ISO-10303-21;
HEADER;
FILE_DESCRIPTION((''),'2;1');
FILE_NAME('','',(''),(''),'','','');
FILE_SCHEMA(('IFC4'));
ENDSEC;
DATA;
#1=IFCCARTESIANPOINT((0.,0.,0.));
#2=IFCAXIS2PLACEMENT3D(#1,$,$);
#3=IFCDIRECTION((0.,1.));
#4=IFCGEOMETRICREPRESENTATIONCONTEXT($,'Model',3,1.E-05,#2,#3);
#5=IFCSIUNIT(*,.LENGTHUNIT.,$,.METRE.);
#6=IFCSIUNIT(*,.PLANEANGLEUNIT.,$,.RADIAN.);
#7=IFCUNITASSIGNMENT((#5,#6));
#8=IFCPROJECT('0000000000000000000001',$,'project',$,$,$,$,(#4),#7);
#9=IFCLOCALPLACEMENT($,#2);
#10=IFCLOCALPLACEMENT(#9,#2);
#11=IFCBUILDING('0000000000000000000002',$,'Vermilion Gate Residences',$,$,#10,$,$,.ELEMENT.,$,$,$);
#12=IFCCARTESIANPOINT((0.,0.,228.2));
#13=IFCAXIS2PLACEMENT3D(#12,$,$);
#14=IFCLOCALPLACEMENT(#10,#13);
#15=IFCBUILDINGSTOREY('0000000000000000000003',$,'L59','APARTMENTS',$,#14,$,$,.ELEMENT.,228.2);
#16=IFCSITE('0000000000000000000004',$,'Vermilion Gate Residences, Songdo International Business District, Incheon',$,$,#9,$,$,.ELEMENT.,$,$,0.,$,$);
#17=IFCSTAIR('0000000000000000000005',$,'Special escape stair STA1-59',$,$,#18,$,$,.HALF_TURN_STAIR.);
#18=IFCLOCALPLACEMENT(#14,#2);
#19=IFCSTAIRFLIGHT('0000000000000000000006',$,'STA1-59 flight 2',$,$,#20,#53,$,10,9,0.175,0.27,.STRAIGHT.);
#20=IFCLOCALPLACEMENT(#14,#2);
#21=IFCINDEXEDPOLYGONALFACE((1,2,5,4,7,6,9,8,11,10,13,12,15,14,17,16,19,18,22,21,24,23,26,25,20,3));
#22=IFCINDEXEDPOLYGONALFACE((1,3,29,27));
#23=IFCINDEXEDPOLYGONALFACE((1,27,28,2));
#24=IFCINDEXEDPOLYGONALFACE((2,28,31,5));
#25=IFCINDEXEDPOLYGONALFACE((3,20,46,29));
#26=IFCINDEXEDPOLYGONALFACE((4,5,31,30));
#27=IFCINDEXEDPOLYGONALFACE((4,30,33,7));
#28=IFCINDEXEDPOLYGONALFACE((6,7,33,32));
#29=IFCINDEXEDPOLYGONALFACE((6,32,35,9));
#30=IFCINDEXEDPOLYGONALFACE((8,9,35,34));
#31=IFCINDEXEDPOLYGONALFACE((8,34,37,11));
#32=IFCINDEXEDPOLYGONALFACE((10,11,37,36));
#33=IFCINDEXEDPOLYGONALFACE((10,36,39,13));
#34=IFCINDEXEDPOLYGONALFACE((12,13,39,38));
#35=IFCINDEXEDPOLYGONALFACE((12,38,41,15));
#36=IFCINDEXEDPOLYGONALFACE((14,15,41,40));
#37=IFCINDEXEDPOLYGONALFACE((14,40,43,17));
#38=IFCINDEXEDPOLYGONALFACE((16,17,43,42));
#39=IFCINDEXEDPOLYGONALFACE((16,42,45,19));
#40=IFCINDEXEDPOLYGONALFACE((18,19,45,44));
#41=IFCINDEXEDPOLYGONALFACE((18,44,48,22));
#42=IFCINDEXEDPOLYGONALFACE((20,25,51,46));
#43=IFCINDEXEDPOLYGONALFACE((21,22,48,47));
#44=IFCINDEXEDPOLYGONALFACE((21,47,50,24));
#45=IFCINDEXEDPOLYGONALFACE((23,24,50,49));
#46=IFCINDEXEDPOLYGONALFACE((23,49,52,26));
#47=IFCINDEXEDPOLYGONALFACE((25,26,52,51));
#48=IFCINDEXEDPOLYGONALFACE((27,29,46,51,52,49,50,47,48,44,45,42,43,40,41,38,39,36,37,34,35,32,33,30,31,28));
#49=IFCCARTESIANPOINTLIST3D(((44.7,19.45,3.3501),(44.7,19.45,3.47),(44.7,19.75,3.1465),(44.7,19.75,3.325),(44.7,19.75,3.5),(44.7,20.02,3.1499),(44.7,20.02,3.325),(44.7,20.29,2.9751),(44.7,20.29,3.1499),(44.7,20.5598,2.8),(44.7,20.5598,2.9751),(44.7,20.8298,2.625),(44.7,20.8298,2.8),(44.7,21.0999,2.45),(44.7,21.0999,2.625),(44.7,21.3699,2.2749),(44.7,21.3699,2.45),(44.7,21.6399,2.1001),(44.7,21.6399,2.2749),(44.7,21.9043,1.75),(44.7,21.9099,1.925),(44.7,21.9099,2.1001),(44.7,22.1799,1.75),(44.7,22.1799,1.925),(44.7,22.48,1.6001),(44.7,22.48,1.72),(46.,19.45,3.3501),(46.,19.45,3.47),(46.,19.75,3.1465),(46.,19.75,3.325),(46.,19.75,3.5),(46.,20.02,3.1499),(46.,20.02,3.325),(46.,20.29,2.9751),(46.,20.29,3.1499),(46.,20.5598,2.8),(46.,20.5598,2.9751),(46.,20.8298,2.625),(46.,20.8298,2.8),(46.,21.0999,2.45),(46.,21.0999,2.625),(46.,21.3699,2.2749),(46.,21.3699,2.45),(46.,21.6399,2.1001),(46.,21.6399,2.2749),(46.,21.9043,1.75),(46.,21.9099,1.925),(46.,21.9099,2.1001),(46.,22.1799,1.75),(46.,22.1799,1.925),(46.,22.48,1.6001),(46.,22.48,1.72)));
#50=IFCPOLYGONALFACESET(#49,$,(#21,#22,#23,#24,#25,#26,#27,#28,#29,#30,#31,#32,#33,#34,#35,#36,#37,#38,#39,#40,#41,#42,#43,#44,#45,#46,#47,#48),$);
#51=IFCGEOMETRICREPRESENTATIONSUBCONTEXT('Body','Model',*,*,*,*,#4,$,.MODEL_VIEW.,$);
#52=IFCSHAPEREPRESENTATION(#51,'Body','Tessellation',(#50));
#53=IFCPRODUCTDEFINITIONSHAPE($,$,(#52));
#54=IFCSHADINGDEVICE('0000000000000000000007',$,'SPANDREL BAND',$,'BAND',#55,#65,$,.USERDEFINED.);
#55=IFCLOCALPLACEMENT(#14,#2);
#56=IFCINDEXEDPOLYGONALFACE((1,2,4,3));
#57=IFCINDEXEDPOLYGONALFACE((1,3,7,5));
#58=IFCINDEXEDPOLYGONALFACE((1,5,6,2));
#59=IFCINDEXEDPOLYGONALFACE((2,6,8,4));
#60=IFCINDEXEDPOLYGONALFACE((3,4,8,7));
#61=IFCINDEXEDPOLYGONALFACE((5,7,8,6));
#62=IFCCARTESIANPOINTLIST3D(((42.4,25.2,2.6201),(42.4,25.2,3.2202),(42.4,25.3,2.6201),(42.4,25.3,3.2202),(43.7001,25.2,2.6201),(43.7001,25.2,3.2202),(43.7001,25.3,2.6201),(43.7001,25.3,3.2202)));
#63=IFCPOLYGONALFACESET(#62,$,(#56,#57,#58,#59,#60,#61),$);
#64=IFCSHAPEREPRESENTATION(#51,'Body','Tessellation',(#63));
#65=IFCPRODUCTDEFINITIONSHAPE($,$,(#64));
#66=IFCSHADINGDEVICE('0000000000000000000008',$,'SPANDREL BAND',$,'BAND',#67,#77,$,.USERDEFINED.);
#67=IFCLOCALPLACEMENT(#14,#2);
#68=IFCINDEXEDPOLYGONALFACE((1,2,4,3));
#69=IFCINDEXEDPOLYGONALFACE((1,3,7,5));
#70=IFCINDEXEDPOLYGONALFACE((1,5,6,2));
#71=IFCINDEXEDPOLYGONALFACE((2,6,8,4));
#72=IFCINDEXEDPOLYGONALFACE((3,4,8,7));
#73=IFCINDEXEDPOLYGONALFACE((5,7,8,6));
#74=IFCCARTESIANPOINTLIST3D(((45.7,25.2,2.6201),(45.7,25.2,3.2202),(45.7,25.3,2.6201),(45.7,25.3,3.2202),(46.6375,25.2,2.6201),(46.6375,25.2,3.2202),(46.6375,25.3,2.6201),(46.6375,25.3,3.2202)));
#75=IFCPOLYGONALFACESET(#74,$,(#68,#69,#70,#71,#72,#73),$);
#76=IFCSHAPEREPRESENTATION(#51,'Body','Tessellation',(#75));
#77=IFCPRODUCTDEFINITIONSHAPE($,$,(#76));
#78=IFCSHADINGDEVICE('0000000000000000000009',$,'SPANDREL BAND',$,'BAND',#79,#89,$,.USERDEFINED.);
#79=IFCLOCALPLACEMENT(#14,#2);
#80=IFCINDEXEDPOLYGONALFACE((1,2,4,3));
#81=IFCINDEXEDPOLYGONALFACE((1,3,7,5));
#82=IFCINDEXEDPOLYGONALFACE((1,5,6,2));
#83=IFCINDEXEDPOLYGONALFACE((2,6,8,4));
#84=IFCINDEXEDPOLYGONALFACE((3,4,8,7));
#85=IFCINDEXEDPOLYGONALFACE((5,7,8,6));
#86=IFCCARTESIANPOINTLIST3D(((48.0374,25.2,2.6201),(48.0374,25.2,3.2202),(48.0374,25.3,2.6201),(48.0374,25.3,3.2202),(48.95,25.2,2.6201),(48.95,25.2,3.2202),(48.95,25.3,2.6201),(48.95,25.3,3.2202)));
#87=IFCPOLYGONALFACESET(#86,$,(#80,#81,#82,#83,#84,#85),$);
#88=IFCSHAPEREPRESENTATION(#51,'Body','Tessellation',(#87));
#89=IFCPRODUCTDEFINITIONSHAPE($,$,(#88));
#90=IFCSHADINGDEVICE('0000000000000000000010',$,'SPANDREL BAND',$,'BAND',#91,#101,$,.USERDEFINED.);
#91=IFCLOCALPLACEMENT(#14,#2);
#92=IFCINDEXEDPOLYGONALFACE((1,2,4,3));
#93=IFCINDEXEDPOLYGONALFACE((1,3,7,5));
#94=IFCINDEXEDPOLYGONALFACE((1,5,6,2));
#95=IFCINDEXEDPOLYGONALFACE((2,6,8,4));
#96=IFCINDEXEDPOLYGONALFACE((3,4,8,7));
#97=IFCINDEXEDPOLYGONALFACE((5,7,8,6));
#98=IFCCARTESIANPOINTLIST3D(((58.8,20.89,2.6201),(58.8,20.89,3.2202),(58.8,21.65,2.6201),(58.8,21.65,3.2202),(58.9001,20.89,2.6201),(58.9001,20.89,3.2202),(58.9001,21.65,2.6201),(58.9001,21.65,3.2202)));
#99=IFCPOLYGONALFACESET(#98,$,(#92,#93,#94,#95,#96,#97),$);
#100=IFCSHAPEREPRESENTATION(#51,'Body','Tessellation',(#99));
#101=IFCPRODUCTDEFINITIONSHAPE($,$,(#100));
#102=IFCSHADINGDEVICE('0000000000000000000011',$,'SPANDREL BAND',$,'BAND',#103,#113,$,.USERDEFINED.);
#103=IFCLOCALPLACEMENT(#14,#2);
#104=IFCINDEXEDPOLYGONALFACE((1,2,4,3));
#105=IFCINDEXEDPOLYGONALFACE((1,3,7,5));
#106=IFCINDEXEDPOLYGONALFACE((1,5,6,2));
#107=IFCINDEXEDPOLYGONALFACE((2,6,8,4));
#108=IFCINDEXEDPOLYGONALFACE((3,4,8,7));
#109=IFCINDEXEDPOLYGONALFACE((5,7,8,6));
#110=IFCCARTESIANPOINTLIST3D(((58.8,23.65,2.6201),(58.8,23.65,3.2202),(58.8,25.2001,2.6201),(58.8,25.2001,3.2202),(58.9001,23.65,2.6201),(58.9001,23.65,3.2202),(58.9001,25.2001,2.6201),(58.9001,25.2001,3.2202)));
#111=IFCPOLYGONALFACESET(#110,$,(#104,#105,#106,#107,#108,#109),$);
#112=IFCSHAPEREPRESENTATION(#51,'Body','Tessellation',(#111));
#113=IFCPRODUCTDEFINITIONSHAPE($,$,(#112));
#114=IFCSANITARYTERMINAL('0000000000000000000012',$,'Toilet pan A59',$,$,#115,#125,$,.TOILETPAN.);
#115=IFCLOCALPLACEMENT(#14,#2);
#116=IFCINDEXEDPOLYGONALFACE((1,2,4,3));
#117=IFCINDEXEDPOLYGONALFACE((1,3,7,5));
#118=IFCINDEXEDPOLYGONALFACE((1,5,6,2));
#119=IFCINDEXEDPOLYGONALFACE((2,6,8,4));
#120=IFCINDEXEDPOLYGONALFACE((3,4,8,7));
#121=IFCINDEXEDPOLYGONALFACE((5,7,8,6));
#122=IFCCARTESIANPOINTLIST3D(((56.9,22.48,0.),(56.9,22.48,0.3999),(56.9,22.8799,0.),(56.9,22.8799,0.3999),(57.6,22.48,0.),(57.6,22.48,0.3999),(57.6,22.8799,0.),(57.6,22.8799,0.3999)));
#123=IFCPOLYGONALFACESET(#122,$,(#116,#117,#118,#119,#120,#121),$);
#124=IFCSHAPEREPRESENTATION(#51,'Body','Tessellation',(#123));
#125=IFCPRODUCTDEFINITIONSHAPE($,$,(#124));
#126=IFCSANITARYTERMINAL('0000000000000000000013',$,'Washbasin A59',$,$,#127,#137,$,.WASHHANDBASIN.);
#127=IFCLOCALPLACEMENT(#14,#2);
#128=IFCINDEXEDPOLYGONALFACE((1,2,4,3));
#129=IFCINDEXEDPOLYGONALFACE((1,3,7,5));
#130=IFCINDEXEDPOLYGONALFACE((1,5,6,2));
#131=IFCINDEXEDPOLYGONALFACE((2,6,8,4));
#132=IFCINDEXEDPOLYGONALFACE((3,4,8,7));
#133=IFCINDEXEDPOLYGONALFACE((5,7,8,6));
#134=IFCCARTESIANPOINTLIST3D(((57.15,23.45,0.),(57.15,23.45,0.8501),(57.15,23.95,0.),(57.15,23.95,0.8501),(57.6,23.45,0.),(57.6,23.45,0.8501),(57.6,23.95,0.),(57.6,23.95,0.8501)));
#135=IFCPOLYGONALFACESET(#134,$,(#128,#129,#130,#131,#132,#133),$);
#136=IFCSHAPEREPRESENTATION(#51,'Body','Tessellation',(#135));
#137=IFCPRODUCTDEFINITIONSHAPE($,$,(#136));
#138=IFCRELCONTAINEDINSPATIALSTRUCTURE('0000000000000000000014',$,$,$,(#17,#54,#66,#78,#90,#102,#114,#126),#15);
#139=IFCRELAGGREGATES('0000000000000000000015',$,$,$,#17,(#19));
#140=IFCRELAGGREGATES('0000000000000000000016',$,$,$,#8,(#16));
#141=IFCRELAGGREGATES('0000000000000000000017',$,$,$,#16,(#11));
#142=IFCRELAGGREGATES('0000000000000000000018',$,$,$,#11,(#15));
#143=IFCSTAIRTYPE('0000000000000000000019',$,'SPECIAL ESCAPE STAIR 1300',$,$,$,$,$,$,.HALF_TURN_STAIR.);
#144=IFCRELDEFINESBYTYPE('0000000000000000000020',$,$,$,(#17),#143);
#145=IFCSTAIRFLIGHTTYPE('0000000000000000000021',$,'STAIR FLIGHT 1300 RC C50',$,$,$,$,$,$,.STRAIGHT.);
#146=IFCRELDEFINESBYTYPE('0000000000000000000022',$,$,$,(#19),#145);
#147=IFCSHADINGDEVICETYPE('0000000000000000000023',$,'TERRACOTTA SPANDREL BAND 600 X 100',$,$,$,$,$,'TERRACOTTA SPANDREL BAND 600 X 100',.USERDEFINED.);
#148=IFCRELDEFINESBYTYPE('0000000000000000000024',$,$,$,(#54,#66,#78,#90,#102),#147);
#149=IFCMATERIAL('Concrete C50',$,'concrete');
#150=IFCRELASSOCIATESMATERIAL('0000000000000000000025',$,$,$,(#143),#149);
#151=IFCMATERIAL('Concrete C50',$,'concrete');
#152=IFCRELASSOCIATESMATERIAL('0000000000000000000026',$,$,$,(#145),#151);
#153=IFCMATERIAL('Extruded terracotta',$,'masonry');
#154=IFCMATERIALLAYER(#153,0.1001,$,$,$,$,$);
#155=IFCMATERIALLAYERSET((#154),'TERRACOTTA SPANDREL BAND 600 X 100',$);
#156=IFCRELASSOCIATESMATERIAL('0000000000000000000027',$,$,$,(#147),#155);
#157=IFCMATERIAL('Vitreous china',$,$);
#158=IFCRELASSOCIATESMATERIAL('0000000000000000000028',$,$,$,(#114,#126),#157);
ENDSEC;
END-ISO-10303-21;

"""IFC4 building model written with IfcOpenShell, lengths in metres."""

from ifc_helpers import new_model, si_unit, direction, frame, origin, origin_2d, place, context, subcontext, project, spatial, polyline, rectangle, outline, extrude, material, layer, layer_set, type_object, element, aggregate, save


model = new_model("IFC4")

# Units and contexts
model_context = context("Model", 3, precision=1e-05, world=origin(), true_north=direction((0.0, 1.0)))
body_context = subcontext(model_context, "Body", "Model", "MODEL_VIEW")
ifc_project = project(units=[si_unit("LENGTHUNIT", "METRE"), si_unit("PLANEANGLEUNIT", "RADIAN")], contexts=[model_context])

# Site, building, storey
site_placement = place(None, origin())
site = spatial("IfcSite", under=ifc_project, at=site_placement, Name="Vermilion Gate Residences, Songdo International Business District, Incheon", CompositionType="ELEMENT", RefElevation=0.0)
building_placement = place(site_placement, origin())
building = spatial("IfcBuilding", under=site, at=building_placement, Name="Vermilion Gate Residences", CompositionType="ELEMENT")
storey_placement = place(building_placement, frame((0.0, 0.0, 228.2)))
storey = spatial("IfcBuildingStorey", under=building, at=storey_placement, Name="L59", Description="APARTMENTS", CompositionType="ELEMENT", Elevation=228.2)

# Stair, stair flight
ifc_material_1 = material(Name="Concrete C50", Category="concrete")
stair_type = type_object("IfcStairType", Name="SPECIAL ESCAPE STAIR 1300", PredefinedType="HALF_TURN_STAIR", material=ifc_material_1)
stair_placement = place(storey_placement, origin())
stair = element("IfcStair", 1, at=stair_placement, inside=storey, type_object=stair_type, Name="Special escape stair STA1-59", PredefinedType="HALF_TURN_STAIR")
ifc_material_2 = material(Name="Concrete C50", Category="concrete")
stair_flight_type = type_object("IfcStairFlightType", Name="STAIR FLIGHT 1300 RC C50", PredefinedType="STRAIGHT", material=ifc_material_2)
stair_flight_placement = place(storey_placement, frame((45.3501, 22.1799, 1.75), z_axis=(0.0, 0.0, 1.0), x_axis=(0.0, -1.0, 0.0)))
stair_flight = element("IfcStairFlight", 2, at=stair_flight_placement, type_object=stair_flight_type, Name="STA1-59 flight 2", NumberOfRisers=10, NumberOfTreads=9, PredefinedType="STRAIGHT", RiserHeight=0.175, TreadLength=0.27, context=body_context, shape_type="SweptSolid", body=[
    extrude(outline(polyline([(-0.3, -0.1499), (-0.3, -0.03), (0.0, 0.0), (0.0, 0.175), (0.27, 0.175), (0.27, 0.3501), (0.54, 0.3501), (0.54, 0.5249), (0.8101, 0.5249), (0.8101, 0.7), (1.0801, 0.7), (1.0801, 0.875), (1.3501, 0.875), (1.3501, 1.05), (1.6201, 1.05), (1.6201, 1.2251), (1.8899, 1.2251), (1.8899, 1.3999), (2.1599, 1.3999), (2.1599, 1.575), (2.4299, 1.575), (2.4299, 1.75), (2.73, 1.72), (2.73, 1.6001), (2.4299, 1.3965), (0.2756, 0.0), (-0.3, -0.1499)])), frame((0.0, 0.6499, 0.0), z_axis=(0.0, -1.0, 0.0), x_axis=(1.0, 0.0, 0.0)), (0.0, 0.0, 1.0), 1.3),
])
aggregate(stair, [stair_flight])

# Shading devices
ifc_material_3 = material(Name="Extruded terracotta", Category="masonry")
ifc_layer_1 = layer(ifc_material_3, 0.1001)
ifc_layer_set_1 = layer_set([ifc_layer_1], Name="TERRACOTTA SPANDREL BAND 600 X 100")
shading_device_type = type_object("IfcShadingDeviceType", Name="TERRACOTTA SPANDREL BAND 600 X 100", ElementType="TERRACOTTA SPANDREL BAND 600 X 100", PredefinedType="USERDEFINED", material=ifc_layer_set_1)
shading_device_1_placement = place(storey_placement, frame((43.05, 25.25, 2.6201), z_axis=(0.0, 0.0, 1.0), x_axis=(1.0, 0.0, 0.0)))
element("IfcShadingDevice", 3, at=shading_device_1_placement, inside=storey, type_object=shading_device_type, Name="SPANDREL BAND", ObjectType="BAND", PredefinedType="USERDEFINED", context=body_context, shape_type="SweptSolid", body=[
    extrude(rectangle(XDim=1.3, YDim=0.1001, at=origin_2d()), origin(), (0.0, 0.0, 1.0), 0.6001),
])
shading_device_2_placement = place(storey_placement, frame((46.1687, 25.25, 2.6201), z_axis=(0.0, 0.0, 1.0), x_axis=(1.0, 0.0, 0.0)))
element("IfcShadingDevice", 4, at=shading_device_2_placement, inside=storey, type_object=shading_device_type, Name="SPANDREL BAND", ObjectType="BAND", PredefinedType="USERDEFINED", context=body_context, shape_type="SweptSolid", body=[
    extrude(rectangle(XDim=0.9375, YDim=0.1001, at=origin_2d()), origin(), (0.0, 0.0, 1.0), 0.6001),
])
shading_device_3_placement = place(storey_placement, frame((48.4937, 25.25, 2.6201), z_axis=(0.0, 0.0, 1.0), x_axis=(1.0, 0.0, 0.0)))
element("IfcShadingDevice", 5, at=shading_device_3_placement, inside=storey, type_object=shading_device_type, Name="SPANDREL BAND", ObjectType="BAND", PredefinedType="USERDEFINED", context=body_context, shape_type="SweptSolid", body=[
    extrude(rectangle(XDim=0.9126, YDim=0.1001, at=origin_2d()), origin(), (0.0, 0.0, 1.0), 0.6001),
])
shading_device_4_placement = place(storey_placement, frame((58.8501, 21.27, 2.6201), z_axis=(0.0, 0.0, 1.0), x_axis=(0.0, 1.0, 0.0)))
element("IfcShadingDevice", 6, at=shading_device_4_placement, inside=storey, type_object=shading_device_type, Name="SPANDREL BAND", ObjectType="BAND", PredefinedType="USERDEFINED", context=body_context, shape_type="SweptSolid", body=[
    extrude(rectangle(XDim=0.76, YDim=0.1001, at=origin_2d()), origin(), (0.0, 0.0, 1.0), 0.6001),
])
shading_device_5_placement = place(storey_placement, frame((58.8501, 24.425, 2.6201), z_axis=(0.0, 0.0, 1.0), x_axis=(0.0, 1.0, 0.0)))
element("IfcShadingDevice", 7, at=shading_device_5_placement, inside=storey, type_object=shading_device_type, Name="SPANDREL BAND", ObjectType="BAND", PredefinedType="USERDEFINED", context=body_context, shape_type="SweptSolid", body=[
    extrude(rectangle(XDim=1.55, YDim=0.1001, at=origin_2d()), origin(), (0.0, 0.0, 1.0), 0.6001),
])

# Sanitary terminals
ifc_material_4 = material(Name="Vitreous china")
sanitary_terminal_1_placement = place(storey_placement, frame((57.25, 22.6799, 0.0), z_axis=(0.0, 0.0, 1.0), x_axis=(1.0, 0.0, 0.0)))
element("IfcSanitaryTerminal", 8, at=sanitary_terminal_1_placement, inside=storey, material=ifc_material_4, Name="Toilet pan A59", PredefinedType="TOILETPAN", context=body_context, shape_type="SweptSolid", body=[
    extrude(rectangle(XDim=0.7, YDim=0.3999, at=origin_2d()), origin(), (0.0, 0.0, 1.0), 0.3999),
])
sanitary_terminal_2_placement = place(storey_placement, frame((57.375, 23.7, 0.0), z_axis=(0.0, 0.0, 1.0), x_axis=(1.0, 0.0, 0.0)))
element("IfcSanitaryTerminal", 9, at=sanitary_terminal_2_placement, inside=storey, material=ifc_material_4, Name="Washbasin A59", PredefinedType="WASHHANDBASIN", context=body_context, shape_type="SweptSolid", body=[
    extrude(rectangle(XDim=0.45, YDim=0.5, at=origin_2d()), origin(), (0.0, 0.0, 1.0), 0.8501),
])

save(model, "model.ifc")
